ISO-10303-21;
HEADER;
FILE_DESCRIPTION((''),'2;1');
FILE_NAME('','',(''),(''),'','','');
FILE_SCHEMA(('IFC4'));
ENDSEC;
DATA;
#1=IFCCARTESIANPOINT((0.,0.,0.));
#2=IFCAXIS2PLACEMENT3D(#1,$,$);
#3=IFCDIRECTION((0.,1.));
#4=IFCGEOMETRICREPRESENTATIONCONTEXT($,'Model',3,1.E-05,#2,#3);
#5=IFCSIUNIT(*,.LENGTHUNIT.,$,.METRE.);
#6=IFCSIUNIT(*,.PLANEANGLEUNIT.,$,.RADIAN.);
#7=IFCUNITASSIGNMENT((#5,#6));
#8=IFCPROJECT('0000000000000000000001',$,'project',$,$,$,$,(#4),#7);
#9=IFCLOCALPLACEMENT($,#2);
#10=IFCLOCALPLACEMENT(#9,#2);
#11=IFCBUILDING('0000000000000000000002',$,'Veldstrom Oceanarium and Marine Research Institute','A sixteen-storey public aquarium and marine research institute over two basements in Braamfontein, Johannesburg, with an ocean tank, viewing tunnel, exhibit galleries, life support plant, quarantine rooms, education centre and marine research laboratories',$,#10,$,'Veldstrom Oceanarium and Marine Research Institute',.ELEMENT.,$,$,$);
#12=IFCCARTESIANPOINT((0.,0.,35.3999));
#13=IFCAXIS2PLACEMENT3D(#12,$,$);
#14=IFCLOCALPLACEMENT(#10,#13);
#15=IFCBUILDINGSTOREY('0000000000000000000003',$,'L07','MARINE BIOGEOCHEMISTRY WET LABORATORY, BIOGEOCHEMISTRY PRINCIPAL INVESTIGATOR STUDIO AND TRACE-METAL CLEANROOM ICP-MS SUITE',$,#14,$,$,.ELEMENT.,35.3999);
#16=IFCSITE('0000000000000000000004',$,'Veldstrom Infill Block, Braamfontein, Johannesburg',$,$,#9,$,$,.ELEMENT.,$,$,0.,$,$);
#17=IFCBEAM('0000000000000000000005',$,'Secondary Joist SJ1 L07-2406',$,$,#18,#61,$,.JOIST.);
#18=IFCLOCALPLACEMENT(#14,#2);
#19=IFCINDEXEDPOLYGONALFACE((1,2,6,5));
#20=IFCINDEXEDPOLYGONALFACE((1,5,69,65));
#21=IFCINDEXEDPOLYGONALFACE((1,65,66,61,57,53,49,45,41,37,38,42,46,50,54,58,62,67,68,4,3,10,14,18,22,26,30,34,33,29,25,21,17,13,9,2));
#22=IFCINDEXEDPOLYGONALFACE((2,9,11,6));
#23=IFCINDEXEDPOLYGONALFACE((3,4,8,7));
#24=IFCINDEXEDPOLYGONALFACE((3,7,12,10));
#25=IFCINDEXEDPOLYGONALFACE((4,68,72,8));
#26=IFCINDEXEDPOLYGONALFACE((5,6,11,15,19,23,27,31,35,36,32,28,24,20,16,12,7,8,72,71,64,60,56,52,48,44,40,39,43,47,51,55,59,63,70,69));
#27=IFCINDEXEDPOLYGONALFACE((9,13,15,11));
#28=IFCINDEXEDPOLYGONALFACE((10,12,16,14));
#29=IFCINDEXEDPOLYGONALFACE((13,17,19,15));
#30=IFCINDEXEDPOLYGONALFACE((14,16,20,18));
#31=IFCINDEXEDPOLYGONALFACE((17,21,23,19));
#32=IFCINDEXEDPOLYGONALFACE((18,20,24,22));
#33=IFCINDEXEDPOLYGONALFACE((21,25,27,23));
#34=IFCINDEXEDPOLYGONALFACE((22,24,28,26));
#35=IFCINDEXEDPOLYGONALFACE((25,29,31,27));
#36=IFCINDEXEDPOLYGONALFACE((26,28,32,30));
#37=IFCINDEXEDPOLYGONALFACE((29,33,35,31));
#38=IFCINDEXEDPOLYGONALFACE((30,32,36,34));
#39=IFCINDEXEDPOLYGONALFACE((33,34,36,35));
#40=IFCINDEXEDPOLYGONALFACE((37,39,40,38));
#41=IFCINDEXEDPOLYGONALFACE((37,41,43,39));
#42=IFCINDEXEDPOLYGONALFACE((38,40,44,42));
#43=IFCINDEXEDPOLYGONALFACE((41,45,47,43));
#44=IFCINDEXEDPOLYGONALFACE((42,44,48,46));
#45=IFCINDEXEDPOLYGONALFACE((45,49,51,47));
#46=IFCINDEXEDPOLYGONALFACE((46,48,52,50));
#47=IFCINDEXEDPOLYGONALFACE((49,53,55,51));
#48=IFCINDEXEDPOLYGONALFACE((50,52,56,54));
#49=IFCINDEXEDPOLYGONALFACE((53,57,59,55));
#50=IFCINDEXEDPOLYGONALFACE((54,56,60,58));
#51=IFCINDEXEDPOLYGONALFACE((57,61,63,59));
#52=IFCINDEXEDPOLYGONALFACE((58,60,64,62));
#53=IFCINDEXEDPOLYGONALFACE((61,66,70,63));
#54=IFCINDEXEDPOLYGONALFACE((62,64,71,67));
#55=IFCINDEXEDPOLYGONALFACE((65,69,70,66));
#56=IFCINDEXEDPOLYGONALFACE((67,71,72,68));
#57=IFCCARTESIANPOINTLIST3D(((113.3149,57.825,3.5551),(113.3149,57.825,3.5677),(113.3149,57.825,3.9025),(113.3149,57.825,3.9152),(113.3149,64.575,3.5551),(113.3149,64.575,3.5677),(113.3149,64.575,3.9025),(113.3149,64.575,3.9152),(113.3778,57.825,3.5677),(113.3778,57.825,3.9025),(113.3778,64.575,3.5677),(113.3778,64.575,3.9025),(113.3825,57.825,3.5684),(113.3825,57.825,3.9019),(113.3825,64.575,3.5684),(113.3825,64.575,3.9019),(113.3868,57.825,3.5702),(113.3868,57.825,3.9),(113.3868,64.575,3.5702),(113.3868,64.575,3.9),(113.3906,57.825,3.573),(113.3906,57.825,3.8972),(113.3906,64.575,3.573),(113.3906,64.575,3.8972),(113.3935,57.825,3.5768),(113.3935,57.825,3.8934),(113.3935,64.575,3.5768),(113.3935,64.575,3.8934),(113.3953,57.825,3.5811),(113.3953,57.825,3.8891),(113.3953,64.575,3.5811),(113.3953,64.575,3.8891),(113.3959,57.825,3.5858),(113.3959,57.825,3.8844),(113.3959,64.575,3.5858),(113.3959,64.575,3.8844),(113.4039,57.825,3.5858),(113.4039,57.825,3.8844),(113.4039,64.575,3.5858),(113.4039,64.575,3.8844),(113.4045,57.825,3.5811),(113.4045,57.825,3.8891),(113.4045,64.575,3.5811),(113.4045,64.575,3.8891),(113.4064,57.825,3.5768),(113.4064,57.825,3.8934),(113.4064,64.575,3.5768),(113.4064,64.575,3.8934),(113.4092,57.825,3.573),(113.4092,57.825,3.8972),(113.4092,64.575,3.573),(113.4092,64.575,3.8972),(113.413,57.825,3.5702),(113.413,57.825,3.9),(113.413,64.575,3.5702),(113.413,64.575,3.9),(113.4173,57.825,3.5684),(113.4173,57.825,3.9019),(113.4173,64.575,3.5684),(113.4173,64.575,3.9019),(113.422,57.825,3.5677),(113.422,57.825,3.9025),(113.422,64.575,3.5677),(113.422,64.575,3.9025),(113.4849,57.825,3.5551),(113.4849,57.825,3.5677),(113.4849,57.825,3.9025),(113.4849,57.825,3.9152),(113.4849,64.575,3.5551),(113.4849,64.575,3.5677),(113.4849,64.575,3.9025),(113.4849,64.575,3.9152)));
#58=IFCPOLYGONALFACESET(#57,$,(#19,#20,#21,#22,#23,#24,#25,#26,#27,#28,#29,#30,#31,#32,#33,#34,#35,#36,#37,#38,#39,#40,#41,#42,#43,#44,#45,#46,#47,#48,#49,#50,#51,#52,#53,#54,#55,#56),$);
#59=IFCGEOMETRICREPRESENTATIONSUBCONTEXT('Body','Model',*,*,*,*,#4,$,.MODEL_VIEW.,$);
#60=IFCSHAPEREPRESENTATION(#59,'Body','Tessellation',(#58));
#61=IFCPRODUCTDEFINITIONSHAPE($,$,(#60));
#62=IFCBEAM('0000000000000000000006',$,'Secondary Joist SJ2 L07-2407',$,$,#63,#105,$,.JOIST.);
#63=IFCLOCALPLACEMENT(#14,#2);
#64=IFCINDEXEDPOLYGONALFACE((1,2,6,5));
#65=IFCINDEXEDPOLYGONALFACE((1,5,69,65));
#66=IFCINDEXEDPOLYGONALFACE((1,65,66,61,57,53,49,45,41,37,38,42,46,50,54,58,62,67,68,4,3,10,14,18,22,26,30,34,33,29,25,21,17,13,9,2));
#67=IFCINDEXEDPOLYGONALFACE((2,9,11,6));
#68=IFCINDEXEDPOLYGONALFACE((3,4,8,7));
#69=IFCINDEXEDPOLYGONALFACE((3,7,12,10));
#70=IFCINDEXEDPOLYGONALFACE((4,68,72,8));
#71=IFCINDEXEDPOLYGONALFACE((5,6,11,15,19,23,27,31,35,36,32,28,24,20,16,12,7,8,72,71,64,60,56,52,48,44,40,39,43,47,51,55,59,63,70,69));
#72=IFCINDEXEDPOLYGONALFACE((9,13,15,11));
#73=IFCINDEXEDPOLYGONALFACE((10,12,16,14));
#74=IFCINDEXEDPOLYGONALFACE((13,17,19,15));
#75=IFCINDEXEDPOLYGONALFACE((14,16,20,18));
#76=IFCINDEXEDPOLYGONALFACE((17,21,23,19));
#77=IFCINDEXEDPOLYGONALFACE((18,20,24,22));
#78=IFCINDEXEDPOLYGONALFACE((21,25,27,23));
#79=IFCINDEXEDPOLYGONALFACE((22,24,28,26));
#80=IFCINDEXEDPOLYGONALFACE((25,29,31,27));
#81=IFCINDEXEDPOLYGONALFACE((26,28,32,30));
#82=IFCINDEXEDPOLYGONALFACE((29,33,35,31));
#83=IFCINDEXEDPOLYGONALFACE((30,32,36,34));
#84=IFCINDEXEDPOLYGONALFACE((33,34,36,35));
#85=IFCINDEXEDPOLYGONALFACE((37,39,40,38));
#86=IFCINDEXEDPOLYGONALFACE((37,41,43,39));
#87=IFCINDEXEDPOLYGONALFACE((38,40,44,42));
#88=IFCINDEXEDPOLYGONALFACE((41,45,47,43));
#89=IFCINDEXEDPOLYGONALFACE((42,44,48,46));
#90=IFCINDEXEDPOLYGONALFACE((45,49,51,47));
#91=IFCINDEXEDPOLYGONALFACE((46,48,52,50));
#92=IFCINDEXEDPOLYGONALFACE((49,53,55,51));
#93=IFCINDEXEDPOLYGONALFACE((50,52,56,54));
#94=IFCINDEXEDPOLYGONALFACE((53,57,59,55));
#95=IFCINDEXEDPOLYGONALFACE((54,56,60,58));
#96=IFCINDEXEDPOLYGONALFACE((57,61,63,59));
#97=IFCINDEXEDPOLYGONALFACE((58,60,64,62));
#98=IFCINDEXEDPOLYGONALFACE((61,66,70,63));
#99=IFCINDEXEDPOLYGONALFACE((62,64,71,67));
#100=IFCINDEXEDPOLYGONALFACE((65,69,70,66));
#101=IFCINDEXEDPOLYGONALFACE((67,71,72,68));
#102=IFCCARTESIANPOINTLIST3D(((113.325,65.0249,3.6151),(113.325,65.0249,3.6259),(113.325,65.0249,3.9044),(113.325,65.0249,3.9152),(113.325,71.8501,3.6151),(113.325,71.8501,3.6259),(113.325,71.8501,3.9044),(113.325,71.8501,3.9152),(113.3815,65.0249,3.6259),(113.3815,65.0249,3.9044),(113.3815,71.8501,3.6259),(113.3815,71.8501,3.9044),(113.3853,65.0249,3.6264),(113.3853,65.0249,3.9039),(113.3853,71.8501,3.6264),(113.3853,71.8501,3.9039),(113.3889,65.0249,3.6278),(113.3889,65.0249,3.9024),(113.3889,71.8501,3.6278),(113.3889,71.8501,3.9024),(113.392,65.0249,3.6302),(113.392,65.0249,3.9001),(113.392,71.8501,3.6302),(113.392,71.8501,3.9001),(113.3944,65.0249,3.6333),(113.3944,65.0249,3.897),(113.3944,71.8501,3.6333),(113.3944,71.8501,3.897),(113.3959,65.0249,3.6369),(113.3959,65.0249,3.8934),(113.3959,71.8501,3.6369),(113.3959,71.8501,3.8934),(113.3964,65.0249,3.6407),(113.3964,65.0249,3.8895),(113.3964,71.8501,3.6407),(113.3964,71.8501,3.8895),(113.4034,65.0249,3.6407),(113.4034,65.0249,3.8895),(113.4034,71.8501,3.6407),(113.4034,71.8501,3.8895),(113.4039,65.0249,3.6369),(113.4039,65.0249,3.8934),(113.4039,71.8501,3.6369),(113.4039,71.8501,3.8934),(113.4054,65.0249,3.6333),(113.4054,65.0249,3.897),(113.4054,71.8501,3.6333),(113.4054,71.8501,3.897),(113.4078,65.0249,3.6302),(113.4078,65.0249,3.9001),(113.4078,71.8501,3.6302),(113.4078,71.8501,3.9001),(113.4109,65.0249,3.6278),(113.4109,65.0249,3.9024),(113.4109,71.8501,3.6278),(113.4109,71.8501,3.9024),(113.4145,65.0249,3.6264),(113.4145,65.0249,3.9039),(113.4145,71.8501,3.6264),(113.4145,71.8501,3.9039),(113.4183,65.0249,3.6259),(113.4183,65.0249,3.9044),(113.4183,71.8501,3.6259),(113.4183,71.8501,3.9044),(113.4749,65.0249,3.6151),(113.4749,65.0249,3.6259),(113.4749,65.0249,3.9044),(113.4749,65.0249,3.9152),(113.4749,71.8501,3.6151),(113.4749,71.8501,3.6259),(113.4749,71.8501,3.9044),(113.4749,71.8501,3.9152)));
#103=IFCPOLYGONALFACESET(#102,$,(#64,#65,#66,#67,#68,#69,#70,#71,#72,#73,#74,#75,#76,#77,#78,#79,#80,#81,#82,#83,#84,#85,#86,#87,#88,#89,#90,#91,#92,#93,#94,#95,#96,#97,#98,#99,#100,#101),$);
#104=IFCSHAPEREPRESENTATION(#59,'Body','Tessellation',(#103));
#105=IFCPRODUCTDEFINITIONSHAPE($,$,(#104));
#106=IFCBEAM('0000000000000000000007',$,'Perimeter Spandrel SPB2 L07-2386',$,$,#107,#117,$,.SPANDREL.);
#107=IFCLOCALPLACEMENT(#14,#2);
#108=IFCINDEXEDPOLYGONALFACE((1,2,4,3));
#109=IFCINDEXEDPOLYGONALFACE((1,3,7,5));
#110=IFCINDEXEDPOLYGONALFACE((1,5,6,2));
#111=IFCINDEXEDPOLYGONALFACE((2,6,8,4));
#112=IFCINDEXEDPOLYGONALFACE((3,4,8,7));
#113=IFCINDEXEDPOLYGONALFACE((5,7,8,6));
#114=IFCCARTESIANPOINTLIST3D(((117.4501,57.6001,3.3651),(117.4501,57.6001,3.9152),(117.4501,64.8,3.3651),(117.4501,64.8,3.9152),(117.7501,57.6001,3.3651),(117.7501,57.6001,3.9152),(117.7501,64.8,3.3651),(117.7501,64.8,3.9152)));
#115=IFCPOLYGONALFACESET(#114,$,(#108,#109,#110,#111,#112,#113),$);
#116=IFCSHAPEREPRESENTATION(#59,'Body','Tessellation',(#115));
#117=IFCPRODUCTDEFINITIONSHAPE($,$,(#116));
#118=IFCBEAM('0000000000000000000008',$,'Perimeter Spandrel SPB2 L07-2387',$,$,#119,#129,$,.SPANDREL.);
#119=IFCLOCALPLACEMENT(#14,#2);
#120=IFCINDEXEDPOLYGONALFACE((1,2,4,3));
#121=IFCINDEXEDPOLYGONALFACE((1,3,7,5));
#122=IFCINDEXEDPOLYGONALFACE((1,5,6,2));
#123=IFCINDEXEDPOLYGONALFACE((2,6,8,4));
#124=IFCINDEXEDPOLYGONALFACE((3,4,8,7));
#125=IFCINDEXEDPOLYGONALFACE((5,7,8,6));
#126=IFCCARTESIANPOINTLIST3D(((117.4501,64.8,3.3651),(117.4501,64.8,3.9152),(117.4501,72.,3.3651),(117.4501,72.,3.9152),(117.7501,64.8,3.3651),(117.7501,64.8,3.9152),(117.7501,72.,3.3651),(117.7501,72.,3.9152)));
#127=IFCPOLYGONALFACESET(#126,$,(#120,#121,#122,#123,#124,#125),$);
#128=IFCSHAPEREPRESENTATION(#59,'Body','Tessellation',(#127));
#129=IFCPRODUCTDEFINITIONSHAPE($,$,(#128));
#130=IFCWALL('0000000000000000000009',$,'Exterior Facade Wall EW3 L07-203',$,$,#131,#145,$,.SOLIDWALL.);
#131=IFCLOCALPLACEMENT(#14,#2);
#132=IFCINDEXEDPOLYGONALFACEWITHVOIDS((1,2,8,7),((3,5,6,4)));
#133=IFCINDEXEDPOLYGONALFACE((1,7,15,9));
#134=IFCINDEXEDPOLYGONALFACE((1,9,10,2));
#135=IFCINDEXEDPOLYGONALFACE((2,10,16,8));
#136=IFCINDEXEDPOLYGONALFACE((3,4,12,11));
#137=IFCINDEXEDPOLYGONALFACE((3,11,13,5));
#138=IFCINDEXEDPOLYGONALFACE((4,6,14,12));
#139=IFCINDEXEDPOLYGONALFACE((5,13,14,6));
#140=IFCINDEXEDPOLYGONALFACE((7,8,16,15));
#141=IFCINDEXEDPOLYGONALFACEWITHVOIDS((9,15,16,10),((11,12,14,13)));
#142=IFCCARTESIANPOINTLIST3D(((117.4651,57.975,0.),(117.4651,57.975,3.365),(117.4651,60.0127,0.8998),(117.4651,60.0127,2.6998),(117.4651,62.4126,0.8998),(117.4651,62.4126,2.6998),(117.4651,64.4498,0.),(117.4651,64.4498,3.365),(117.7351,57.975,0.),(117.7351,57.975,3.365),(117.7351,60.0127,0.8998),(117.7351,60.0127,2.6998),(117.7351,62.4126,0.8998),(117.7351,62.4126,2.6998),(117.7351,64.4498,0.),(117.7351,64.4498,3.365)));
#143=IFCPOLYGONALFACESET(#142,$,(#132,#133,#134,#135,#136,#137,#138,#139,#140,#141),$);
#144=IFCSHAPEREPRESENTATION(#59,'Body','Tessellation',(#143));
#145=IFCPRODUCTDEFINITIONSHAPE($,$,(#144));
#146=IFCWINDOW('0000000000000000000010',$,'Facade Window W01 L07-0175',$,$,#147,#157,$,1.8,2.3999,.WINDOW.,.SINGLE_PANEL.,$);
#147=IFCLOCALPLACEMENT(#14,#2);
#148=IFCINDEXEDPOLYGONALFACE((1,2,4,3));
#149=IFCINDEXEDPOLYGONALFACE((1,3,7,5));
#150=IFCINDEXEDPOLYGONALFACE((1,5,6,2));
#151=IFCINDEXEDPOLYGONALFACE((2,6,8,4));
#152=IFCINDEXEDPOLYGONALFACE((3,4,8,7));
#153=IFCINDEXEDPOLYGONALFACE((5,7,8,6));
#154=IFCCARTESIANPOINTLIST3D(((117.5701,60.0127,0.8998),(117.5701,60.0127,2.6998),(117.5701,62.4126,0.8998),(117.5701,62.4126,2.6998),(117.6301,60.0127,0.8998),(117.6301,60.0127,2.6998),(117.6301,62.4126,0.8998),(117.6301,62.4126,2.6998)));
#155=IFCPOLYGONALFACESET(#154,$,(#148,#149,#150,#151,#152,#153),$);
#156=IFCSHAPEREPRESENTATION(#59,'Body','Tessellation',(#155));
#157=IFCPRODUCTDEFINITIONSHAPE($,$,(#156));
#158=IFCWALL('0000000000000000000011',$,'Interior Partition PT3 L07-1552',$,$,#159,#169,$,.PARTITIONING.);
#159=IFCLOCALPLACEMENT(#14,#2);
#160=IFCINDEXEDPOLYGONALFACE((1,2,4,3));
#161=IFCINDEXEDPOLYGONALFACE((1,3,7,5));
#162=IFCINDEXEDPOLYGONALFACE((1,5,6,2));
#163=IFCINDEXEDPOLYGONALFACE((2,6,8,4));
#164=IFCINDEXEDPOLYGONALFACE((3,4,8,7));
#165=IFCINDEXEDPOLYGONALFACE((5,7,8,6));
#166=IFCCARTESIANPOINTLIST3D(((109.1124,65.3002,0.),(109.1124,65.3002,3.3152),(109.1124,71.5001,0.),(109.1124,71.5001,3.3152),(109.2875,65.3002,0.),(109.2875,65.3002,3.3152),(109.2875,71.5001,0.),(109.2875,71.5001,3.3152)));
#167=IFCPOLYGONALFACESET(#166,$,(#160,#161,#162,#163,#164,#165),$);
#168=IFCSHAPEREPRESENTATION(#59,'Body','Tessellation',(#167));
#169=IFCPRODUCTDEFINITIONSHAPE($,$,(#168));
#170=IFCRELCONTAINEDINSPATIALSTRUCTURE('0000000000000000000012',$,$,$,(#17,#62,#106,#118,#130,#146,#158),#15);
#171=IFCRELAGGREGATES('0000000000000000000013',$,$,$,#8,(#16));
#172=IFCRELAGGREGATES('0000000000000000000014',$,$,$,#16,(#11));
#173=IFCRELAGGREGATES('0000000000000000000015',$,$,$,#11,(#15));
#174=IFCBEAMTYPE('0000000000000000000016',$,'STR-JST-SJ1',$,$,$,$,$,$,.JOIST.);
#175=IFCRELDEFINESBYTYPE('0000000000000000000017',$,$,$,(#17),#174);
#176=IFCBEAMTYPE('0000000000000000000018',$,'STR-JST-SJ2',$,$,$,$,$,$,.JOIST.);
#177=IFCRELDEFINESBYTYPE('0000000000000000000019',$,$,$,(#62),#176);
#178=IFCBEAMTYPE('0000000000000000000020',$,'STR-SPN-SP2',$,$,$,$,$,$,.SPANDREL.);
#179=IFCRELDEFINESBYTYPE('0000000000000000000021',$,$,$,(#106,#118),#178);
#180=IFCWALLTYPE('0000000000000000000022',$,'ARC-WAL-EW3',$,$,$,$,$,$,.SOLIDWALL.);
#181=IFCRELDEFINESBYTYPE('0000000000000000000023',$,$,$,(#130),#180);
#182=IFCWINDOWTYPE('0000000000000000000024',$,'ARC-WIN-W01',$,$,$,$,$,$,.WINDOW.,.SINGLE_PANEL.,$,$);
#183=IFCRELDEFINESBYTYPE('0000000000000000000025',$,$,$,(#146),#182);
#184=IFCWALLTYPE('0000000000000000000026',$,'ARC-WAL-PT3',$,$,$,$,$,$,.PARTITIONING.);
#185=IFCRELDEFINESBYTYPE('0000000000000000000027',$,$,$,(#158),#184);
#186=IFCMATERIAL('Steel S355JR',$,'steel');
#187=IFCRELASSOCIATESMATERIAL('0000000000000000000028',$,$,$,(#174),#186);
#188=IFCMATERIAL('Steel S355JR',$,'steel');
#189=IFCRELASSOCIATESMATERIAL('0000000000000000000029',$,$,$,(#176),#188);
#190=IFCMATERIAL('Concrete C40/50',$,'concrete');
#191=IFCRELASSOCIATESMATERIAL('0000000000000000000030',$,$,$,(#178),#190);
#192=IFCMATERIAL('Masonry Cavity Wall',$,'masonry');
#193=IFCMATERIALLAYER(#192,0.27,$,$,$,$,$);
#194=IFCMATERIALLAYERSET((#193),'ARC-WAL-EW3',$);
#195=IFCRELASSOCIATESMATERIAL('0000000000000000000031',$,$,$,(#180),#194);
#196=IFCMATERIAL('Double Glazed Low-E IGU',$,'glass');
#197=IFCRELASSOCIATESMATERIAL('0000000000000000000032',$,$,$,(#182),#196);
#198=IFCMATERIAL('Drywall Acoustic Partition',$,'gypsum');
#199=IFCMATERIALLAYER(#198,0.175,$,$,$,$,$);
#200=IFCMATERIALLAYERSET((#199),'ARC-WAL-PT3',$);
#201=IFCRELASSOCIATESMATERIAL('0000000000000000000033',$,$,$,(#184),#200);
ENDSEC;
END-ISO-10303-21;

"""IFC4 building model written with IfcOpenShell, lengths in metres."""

from ifc_helpers import new_model, si_unit, direction, frame, frame_2d, origin, origin_2d, place, context, subcontext, project, spatial, rectangle, i_section, extrude, material, layer, layer_set, material_profile, profile_set, type_object, element, fill, save


model = new_model("IFC4")

# Units and contexts
model_context = context("Model", 3, precision=1e-05, world=origin(), true_north=direction((0.0, 1.0)))
body_context = subcontext(model_context, "Body", "Model", "MODEL_VIEW")
ifc_project = project(units=[si_unit("LENGTHUNIT", "METRE"), si_unit("PLANEANGLEUNIT", "RADIAN")], contexts=[model_context])

# Site, building, storey
site_placement = place(None, origin())
site = spatial("IfcSite", under=ifc_project, at=site_placement, Name="Veldstrom Infill Block, Braamfontein, Johannesburg", CompositionType="ELEMENT", RefElevation=0.0)
building_placement = place(site_placement, origin())
building = spatial("IfcBuilding", under=site, at=building_placement, Name="Veldstrom Oceanarium and Marine Research Institute", Description="A sixteen-storey public aquarium and marine research institute over two basements in Braamfontein, Johannesburg, with an ocean tank, viewing tunnel, exhibit galleries, life support plant, quarantine rooms, education centre and marine research laboratories", LongName="Veldstrom Oceanarium and Marine Research Institute", CompositionType="ELEMENT")
storey_placement = place(building_placement, frame((0.0, 0.0, 35.3999)))
storey = spatial("IfcBuildingStorey", under=building, at=storey_placement, Name="L07", Description="MARINE BIOGEOCHEMISTRY WET LABORATORY, BIOGEOCHEMISTRY PRINCIPAL INVESTIGATOR STUDIO AND TRACE-METAL CLEANROOM ICP-MS SUITE", CompositionType="ELEMENT", Elevation=35.3999)

# Beams
ifc_material_1 = material(Name="Steel S355JR", Category="steel")
ifc_material_profile_1 = material_profile(ifc_material_1, i_section(OverallWidth=0.1699, OverallDepth=0.3601, WebThickness=0.0081, FlangeThickness=0.0127, FilletRadius=0.0181, at=origin_2d()), Name="IPE 360")
ifc_profile_set_1 = profile_set([ifc_material_profile_1], Name="Steel S355JR")
beam_type_1 = type_object("IfcBeamType", Name="STR-JST-SJ1", PredefinedType="JOIST", material=ifc_profile_set_1)
beam_1_placement = place(storey_placement, frame((113.3999, 57.825, 3.7351), z_axis=(0.0, 1.0, 0.0), x_axis=(-1.0, 0.0, 0.0)))
element("IfcBeam", 1, at=beam_1_placement, inside=storey, type_object=beam_type_1, Name="Secondary Joist SJ1 L07-2406", PredefinedType="JOIST", context=body_context, shape_type="SweptSolid", body=[
    extrude(i_section(OverallWidth=0.1699, OverallDepth=0.3601, WebThickness=0.0081, FlangeThickness=0.0127, FilletRadius=0.0181, at=origin_2d()), origin(), (0.0, 0.0, 1.0), 6.75),
])
ifc_material_2 = material(Name="Steel S355JR", Category="steel")
ifc_material_profile_2 = material_profile(ifc_material_2, i_section(OverallWidth=0.1499, OverallDepth=0.3, WebThickness=0.0071, FlangeThickness=0.0107, FilletRadius=0.0149, at=origin_2d()), Name="IPE 300")
ifc_profile_set_2 = profile_set([ifc_material_profile_2], Name="Steel S355JR")
beam_type_2 = type_object("IfcBeamType", Name="STR-JST-SJ2", PredefinedType="JOIST", material=ifc_profile_set_2)
beam_2_placement = place(storey_placement, frame((113.3999, 65.0249, 3.7651), z_axis=(0.0, 1.0, 0.0), x_axis=(-1.0, 0.0, 0.0)))
element("IfcBeam", 2, at=beam_2_placement, inside=storey, type_object=beam_type_2, Name="Secondary Joist SJ2 L07-2407", PredefinedType="JOIST", context=body_context, shape_type="SweptSolid", body=[
    extrude(i_section(OverallWidth=0.1499, OverallDepth=0.3, WebThickness=0.0071, FlangeThickness=0.0107, FilletRadius=0.0149, at=origin_2d()), origin(), (0.0, 0.0, 1.0), 6.8252),
])
ifc_material_3 = material(Name="Concrete C40/50", Category="concrete")
ifc_material_profile_3 = material_profile(ifc_material_3, rectangle(XDim=0.3, YDim=0.55, at=origin_2d()), Name="RC-SPN-300x550")
ifc_profile_set_3 = profile_set([ifc_material_profile_3], Name="Concrete C40/50")
beam_type_3 = type_object("IfcBeamType", Name="STR-SPN-SP2", PredefinedType="SPANDREL", material=ifc_profile_set_3)
for number, where, z_axis, x_axis, name in (
    (3, (117.6001, 57.6001, 3.6401), (0.0, 1.0, 0.0), (-1.0, 0.0, 0.0), "Perimeter Spandrel SPB2 L07-2386"),
    (4, (117.6001, 64.8, 3.6401), (0.0, 1.0, 0.0), (-1.0, 0.0, 0.0), "Perimeter Spandrel SPB2 L07-2387"),
):
    element("IfcBeam", number, at=place(storey_placement, frame(where, z_axis=z_axis, x_axis=x_axis)), inside=storey, type_object=beam_type_3, Name=name, PredefinedType="SPANDREL", context=body_context, shape_type="SweptSolid", body=[
        extrude(rectangle(XDim=0.3, YDim=0.55, at=origin_2d()), origin(), (0.0, 0.0, 1.0), 7.2),
    ])

# Wall, opening, window
ifc_material_4 = material(Name="Masonry Cavity Wall", Category="masonry")
ifc_layer_1 = layer(ifc_material_4, 0.27)
ifc_layer_set_1 = layer_set([ifc_layer_1], Name="ARC-WAL-EW3")
wall_type_1 = type_object("IfcWallType", Name="ARC-WAL-EW3", PredefinedType="SOLIDWALL", material=ifc_layer_set_1)
wall_1_placement = place(storey_placement, frame((117.6001, 57.9751, 0.0), z_axis=(0.0, 0.0, 1.0), x_axis=(0.0, 1.0, 0.0)))
wall_1 = element("IfcWall", 5, at=wall_1_placement, inside=storey, type_object=wall_type_1, Name="Exterior Facade Wall EW3 L07-203", PredefinedType="SOLIDWALL", context=body_context, shape_type="SweptSolid", body=[
    extrude(rectangle(XDim=6.4749, YDim=0.27, at=frame_2d((3.2373, 0.0))), origin(), (0.0, 0.0, 1.0), 3.365),
])
opening_1_placement = place(wall_1_placement, frame((2.0376, 0.0, 0.8999)))
opening_1 = element("IfcOpeningElement", 6, at=opening_1_placement, cuts=wall_1, PredefinedType="OPENING", context=body_context, shape_type="SweptSolid", body=[
    extrude(rectangle(XDim=2.3999, YDim=1.8, at=frame_2d((1.2, 0.8999))), frame((0.0, 0.145, 0.0), z_axis=(0.0, -1.0, 0.0), x_axis=(1.0, 0.0, 0.0)), (0.0, 0.0, 1.0), 0.29),
])
ifc_material_5 = material(Name="Double Glazed Low-E IGU", Category="glass")
window_type = type_object("IfcWindowType", Name="ARC-WIN-W01", PartitioningType="SINGLE_PANEL", PredefinedType="WINDOW", material=ifc_material_5)
window_placement = place(opening_1_placement, origin())
window = element("IfcWindow", 7, at=window_placement, inside=storey, type_object=window_type, Name="Facade Window W01 L07-0175", OverallHeight=1.8, OverallWidth=2.3999, PartitioningType="SINGLE_PANEL", PredefinedType="WINDOW", context=body_context, shape_type="SweptSolid", body=[
    extrude(rectangle(XDim=2.3999, YDim=1.8, at=frame_2d((1.2, 0.8999))), frame((0.0, 0.03, 0.0), z_axis=(0.0, -1.0, 0.0), x_axis=(1.0, 0.0, 0.0)), (0.0, 0.0, 1.0), 0.0601),
])
fill(opening_1, window)

# Wall
ifc_material_6 = material(Name="Drywall Acoustic Partition", Category="gypsum")
ifc_layer_2 = layer(ifc_material_6, 0.175)
ifc_layer_set_2 = layer_set([ifc_layer_2], Name="ARC-WAL-PT3")
wall_type_2 = type_object("IfcWallType", Name="ARC-WAL-PT3", PredefinedType="PARTITIONING", material=ifc_layer_set_2)
wall_2_placement = place(storey_placement, frame((109.2, 65.3, 0.0), z_axis=(0.0, 0.0, 1.0), x_axis=(0.0, 1.0, 0.0)))
element("IfcWall", 8, at=wall_2_placement, inside=storey, type_object=wall_type_2, Name="Interior Partition PT3 L07-1552", PredefinedType="PARTITIONING", context=body_context, shape_type="SweptSolid", body=[
    extrude(rectangle(XDim=6.2, YDim=0.175, at=frame_2d((3.1001, 0.0))), origin(), (0.0, 0.0, 1.0), 3.3152),
])

save(model, "model.ifc")
